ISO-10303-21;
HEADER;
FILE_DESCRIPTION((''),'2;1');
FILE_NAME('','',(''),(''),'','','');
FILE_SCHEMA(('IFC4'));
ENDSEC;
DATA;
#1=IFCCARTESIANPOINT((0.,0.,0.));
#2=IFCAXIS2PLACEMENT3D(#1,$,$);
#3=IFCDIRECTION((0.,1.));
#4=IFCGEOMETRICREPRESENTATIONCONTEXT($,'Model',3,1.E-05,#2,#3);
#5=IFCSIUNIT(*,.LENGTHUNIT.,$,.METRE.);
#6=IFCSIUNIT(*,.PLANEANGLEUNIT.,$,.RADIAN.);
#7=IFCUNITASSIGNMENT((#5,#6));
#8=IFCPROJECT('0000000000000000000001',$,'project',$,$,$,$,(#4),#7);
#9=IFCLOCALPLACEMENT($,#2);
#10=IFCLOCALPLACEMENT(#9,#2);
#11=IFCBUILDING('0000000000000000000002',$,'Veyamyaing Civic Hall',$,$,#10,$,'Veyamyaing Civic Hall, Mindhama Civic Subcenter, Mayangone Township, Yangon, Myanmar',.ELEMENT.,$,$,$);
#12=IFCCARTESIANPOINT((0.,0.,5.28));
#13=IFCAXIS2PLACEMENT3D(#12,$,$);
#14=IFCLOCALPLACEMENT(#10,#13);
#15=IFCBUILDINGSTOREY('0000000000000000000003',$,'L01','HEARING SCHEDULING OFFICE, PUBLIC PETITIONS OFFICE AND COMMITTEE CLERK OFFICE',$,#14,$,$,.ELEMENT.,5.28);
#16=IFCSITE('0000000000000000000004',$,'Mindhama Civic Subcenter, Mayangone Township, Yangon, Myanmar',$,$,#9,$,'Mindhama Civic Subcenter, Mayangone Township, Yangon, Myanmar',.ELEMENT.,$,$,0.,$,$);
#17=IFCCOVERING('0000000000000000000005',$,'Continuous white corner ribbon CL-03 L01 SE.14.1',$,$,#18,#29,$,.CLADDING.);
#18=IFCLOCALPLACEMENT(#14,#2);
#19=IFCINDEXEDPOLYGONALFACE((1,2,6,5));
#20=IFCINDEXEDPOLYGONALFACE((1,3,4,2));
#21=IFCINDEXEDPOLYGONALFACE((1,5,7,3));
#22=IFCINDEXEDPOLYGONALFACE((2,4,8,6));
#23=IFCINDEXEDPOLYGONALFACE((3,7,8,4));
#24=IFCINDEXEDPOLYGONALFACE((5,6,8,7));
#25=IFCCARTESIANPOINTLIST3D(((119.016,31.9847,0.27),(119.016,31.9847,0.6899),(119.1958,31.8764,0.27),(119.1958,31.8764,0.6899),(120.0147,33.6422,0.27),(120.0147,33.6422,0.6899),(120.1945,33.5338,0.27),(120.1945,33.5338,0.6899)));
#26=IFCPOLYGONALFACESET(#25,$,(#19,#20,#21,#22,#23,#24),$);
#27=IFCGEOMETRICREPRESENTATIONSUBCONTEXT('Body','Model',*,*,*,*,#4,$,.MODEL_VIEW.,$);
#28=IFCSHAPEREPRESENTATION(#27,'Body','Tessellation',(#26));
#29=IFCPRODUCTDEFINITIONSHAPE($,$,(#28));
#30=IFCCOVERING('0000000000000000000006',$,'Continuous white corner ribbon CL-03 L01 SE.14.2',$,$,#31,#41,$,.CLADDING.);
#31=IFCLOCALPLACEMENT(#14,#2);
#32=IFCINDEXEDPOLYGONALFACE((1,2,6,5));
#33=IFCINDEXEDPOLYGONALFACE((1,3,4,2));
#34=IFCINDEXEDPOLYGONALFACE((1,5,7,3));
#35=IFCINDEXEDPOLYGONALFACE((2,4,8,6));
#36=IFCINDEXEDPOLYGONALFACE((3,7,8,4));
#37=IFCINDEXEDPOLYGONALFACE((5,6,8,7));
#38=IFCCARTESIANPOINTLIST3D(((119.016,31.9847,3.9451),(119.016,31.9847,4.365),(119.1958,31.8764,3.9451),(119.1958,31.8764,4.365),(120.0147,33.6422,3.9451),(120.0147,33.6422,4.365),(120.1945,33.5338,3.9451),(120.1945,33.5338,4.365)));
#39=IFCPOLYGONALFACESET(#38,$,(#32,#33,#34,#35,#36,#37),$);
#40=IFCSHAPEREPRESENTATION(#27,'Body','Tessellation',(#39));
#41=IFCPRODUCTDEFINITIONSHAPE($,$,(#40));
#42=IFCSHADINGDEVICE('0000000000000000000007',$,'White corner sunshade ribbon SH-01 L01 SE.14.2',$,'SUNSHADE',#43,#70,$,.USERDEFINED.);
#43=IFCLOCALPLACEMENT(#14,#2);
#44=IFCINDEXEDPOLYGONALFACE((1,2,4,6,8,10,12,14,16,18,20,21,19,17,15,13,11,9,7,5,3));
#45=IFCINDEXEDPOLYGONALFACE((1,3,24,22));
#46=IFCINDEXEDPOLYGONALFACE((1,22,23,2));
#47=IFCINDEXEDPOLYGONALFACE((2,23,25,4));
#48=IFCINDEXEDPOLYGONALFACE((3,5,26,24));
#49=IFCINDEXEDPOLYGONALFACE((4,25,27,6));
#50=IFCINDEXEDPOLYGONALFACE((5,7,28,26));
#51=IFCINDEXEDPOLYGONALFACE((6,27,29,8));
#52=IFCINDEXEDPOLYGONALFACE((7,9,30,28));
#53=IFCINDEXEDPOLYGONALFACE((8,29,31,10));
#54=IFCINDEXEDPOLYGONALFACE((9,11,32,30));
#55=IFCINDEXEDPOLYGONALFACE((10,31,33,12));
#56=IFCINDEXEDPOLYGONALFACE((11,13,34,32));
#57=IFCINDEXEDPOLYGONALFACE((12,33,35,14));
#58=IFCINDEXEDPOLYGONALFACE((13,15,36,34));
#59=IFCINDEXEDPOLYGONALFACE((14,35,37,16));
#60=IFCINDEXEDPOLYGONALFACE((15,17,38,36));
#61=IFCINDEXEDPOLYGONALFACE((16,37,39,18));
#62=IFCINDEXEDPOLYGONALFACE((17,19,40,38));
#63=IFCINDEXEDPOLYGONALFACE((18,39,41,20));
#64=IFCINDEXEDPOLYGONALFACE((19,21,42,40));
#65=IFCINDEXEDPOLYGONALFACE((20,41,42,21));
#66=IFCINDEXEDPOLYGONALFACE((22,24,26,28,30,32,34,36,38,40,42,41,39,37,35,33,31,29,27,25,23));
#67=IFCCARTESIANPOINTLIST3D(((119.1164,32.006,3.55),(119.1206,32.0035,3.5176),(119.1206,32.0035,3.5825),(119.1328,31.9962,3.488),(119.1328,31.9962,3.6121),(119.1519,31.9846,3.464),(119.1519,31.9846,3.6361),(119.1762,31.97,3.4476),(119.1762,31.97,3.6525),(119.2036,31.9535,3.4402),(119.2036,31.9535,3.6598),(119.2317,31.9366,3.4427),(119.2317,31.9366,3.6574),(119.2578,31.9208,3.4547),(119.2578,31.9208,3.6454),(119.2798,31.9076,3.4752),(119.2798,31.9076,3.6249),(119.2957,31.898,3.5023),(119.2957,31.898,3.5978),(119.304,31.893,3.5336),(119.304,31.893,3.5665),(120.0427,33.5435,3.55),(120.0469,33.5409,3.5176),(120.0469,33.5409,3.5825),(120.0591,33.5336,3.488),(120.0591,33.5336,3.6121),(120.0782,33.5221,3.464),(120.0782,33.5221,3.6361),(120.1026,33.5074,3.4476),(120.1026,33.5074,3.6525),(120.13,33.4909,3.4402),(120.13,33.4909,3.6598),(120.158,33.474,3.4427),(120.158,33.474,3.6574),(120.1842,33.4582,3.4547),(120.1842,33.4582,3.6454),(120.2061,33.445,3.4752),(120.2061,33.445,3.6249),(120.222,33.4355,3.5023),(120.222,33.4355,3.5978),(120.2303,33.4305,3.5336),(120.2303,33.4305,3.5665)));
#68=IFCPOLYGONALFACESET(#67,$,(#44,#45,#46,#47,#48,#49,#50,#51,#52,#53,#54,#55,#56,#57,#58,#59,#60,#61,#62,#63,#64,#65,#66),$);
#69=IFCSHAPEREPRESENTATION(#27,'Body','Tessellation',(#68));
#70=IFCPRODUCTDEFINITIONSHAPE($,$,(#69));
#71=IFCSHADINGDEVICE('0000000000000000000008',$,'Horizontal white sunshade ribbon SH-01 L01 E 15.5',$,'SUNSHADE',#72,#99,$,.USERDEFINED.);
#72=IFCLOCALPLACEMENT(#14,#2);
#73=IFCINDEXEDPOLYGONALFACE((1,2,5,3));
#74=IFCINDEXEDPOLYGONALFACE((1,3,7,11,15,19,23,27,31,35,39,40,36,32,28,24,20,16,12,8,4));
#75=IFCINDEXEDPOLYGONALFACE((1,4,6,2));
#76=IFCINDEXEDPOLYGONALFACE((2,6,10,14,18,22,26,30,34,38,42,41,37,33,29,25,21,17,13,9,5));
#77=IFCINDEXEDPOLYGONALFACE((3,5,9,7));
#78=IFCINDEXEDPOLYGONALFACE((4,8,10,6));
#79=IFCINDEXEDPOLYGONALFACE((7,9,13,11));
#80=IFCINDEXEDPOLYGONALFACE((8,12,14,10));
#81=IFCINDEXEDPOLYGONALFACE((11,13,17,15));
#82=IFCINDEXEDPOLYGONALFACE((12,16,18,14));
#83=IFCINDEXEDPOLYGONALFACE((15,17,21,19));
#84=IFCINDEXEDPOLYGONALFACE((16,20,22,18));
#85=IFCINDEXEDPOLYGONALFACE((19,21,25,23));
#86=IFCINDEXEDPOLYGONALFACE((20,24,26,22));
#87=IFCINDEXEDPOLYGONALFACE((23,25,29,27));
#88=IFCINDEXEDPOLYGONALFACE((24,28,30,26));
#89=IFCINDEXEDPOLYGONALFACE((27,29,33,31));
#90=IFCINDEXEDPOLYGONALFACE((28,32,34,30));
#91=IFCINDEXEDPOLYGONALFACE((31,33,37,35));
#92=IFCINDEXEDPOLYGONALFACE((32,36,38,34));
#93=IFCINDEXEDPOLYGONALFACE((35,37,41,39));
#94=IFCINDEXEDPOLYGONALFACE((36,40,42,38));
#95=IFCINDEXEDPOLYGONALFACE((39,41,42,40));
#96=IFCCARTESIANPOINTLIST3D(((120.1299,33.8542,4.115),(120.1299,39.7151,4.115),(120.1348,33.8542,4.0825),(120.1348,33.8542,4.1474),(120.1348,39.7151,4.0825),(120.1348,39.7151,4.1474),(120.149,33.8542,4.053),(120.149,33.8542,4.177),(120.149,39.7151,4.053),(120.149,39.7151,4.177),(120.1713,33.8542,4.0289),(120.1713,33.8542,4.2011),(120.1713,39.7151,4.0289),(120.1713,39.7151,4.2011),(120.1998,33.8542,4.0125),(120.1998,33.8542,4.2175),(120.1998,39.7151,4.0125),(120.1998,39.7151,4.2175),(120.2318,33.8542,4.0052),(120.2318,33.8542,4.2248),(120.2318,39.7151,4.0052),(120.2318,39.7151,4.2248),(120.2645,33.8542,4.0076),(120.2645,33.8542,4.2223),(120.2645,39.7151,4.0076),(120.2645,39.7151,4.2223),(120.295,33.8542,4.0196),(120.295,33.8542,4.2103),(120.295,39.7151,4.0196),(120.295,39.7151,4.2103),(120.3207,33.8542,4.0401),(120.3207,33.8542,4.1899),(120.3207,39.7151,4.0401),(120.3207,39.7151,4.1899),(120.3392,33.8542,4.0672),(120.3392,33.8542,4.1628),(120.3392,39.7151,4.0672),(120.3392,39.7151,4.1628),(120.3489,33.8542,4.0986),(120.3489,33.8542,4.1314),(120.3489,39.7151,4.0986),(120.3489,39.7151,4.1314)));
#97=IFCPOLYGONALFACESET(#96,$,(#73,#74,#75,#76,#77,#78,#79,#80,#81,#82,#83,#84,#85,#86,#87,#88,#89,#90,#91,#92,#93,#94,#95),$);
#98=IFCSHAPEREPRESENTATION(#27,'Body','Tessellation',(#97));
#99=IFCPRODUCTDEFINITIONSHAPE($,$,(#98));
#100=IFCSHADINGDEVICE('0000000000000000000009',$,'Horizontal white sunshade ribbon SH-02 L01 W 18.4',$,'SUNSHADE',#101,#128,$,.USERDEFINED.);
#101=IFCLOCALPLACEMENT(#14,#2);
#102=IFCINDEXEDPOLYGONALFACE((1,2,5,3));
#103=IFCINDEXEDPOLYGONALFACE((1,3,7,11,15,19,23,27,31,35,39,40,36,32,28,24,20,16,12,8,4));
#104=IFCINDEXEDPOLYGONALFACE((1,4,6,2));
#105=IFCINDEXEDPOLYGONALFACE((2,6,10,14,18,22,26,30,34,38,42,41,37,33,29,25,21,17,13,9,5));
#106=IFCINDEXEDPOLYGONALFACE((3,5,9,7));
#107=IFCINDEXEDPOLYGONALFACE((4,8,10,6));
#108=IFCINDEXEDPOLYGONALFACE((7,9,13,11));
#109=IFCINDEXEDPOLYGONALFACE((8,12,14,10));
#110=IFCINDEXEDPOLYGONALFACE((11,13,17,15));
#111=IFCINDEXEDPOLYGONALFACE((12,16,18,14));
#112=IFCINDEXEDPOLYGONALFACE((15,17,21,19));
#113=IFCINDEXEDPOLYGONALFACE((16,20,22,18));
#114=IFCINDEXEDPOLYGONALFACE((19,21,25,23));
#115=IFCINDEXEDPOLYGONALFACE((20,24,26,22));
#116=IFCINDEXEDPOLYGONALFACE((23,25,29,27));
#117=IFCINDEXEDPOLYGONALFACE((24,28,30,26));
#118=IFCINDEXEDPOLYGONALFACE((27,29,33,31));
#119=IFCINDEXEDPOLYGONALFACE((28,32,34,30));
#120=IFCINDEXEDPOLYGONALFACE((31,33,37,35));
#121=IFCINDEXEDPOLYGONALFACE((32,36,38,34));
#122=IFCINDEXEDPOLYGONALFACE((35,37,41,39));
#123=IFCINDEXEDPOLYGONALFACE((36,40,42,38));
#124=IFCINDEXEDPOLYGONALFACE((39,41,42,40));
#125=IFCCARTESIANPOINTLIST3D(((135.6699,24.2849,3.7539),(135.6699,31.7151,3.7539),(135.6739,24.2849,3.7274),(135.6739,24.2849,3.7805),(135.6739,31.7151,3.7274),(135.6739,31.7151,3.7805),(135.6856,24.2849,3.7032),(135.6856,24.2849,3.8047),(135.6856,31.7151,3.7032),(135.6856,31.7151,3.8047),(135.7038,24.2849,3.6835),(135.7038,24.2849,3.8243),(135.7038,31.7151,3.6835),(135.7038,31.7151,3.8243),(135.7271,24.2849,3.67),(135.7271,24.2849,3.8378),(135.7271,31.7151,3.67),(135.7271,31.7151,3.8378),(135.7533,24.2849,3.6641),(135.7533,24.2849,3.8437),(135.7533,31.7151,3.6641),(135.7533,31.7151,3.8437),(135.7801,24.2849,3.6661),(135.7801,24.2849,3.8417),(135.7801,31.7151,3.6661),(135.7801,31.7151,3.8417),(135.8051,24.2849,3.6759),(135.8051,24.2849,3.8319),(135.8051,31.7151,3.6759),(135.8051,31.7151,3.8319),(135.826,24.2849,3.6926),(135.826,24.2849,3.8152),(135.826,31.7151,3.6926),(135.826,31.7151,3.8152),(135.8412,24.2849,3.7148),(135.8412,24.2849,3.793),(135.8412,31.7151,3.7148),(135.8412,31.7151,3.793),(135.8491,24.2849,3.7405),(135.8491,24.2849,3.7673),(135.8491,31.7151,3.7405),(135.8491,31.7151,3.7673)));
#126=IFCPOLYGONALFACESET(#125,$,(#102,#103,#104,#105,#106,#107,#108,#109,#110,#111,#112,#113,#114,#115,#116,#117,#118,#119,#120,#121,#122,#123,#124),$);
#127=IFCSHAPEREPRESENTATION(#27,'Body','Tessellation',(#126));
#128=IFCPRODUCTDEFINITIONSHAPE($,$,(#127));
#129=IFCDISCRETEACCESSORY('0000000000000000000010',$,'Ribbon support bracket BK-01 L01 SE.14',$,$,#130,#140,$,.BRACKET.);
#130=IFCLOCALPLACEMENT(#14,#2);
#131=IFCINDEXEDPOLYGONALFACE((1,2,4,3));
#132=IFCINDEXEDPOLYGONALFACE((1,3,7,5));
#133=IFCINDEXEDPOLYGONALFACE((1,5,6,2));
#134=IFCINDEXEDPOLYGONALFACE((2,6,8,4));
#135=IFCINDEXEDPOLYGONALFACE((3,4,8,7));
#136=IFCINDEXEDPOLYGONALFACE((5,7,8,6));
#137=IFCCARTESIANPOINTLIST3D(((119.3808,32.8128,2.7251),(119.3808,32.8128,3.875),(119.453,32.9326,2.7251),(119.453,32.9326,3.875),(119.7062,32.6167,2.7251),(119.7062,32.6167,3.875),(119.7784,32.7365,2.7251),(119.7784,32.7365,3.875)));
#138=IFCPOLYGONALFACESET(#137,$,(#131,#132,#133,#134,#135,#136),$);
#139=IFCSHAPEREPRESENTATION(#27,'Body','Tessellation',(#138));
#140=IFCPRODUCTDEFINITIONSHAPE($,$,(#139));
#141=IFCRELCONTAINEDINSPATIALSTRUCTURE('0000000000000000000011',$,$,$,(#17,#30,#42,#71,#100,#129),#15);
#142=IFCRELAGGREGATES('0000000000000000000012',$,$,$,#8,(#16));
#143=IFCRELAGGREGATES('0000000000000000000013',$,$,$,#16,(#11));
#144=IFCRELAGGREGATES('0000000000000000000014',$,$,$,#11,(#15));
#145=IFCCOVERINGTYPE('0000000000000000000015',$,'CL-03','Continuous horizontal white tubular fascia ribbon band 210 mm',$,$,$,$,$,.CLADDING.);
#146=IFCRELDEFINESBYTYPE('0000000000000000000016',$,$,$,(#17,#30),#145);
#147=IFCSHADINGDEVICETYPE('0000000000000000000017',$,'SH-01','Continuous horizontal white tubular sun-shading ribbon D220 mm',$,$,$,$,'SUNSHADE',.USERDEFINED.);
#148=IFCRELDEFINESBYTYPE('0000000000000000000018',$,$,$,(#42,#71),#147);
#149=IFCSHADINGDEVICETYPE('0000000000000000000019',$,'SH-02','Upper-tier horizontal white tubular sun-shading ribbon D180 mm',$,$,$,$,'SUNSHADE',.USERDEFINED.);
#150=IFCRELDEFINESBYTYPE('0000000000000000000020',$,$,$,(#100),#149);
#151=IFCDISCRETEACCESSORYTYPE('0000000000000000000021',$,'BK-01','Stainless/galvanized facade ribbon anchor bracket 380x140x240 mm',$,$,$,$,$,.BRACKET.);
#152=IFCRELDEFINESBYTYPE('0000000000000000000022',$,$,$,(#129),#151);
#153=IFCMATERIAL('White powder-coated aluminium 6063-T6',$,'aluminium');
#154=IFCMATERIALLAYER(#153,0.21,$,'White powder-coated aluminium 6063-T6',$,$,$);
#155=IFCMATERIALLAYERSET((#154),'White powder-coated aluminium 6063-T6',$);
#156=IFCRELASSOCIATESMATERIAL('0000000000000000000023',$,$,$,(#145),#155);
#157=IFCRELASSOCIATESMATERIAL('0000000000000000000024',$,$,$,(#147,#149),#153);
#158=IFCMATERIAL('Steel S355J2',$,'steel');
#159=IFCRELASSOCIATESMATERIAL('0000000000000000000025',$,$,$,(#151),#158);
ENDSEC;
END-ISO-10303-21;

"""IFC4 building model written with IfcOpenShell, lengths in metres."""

from ifc_helpers import new_model, si_unit, direction, frame, origin, origin_2d, place, context, subcontext, project, spatial, rectangle, circle, extrude, material, layer, layer_set, material_profile, profile_set, type_object, element, save


model = new_model("IFC4")

# Units and contexts
model_context = context("Model", 3, precision=1e-05, world=origin(), true_north=direction((0.0, 1.0)))
body_context = subcontext(model_context, "Body", "Model", "MODEL_VIEW")
ifc_project = project(units=[si_unit("LENGTHUNIT", "METRE"), si_unit("PLANEANGLEUNIT", "RADIAN")], contexts=[model_context])

# Site, building, storey
site_placement = place(None, origin())
site = spatial("IfcSite", under=ifc_project, at=site_placement, Name="Mindhama Civic Subcenter, Mayangone Township, Yangon, Myanmar", LongName="Mindhama Civic Subcenter, Mayangone Township, Yangon, Myanmar", CompositionType="ELEMENT", RefElevation=0.0)
building_placement = place(site_placement, origin())
building = spatial("IfcBuilding", under=site, at=building_placement, Name="Veyamyaing Civic Hall", LongName="Veyamyaing Civic Hall, Mindhama Civic Subcenter, Mayangone Township, Yangon, Myanmar", CompositionType="ELEMENT")
storey_placement = place(building_placement, frame((0.0, 0.0, 5.28)))
storey = spatial("IfcBuildingStorey", under=building, at=storey_placement, Name="L01", Description="HEARING SCHEDULING OFFICE, PUBLIC PETITIONS OFFICE AND COMMITTEE CLERK OFFICE", CompositionType="ELEMENT", Elevation=5.28)

# Coverings
ifc_material_1 = material(Name="White powder-coated aluminium 6063-T6", Category="aluminium")
ifc_layer_1 = layer(ifc_material_1, 0.21, Name="White powder-coated aluminium 6063-T6")
ifc_layer_set_1 = layer_set([ifc_layer_1], Name="White powder-coated aluminium 6063-T6")
covering_type = type_object("IfcCoveringType", Name="CL-03", Description="Continuous horizontal white tubular fascia ribbon band 210 mm", PredefinedType="CLADDING", material=ifc_layer_set_1)
for number, where, z_axis, x_axis, name in (
    (1, (119.6052, 32.7593, 0.27), (0.0, 0.0, 1.0), (0.516107, 0.856524, 0.0), "Continuous white corner ribbon CL-03 L01 SE.14.1"),
    (2, (119.6052, 32.7593, 3.9451), (0.0, 0.0, 1.0), (0.516107, 0.856524, 0.0), "Continuous white corner ribbon CL-03 L01 SE.14.2"),
):
    element("IfcCovering", number, at=place(storey_placement, frame(where, z_axis=z_axis, x_axis=x_axis)), inside=storey, type_object=covering_type, Name=name, PredefinedType="CLADDING", context=body_context, shape_type="SweptSolid", body=[
        extrude(rectangle(XDim=1.9351, YDim=0.21, at=origin_2d()), origin(), (0.0, 0.0, 1.0), 0.4199),
    ])

# Shading devices
ifc_material_profile_1 = material_profile(ifc_material_1, circle(Radius=0.1101, at=origin_2d()), Name="SHADE-TUBE-220")
ifc_profile_set_1 = profile_set([ifc_material_profile_1], Name="White powder-coated aluminium 6063-T6")
shading_device_type_1 = type_object("IfcShadingDeviceType", Name="SH-01", Description="Continuous horizontal white tubular sun-shading ribbon D220 mm", ElementType="SUNSHADE", PredefinedType="USERDEFINED", material=ifc_profile_set_1)
shading_device_1_placement = place(storey_placement, frame((119.2107, 31.9492, 3.55), z_axis=(0.516075, 0.856543, 0.0), x_axis=(-0.856543, 0.516075, 0.0)))
element("IfcShadingDevice", 3, at=shading_device_1_placement, inside=storey, type_object=shading_device_type_1, Name="White corner sunshade ribbon SH-01 L01 SE.14.2", ObjectType="SUNSHADE", PredefinedType="USERDEFINED", context=body_context, shape_type="SweptSolid", body=[
    extrude(circle(Radius=0.1101, at=origin_2d()), origin(), (0.0, 0.0, 1.0), 1.7949),
])
shading_device_2_placement = place(storey_placement, frame((120.24, 33.8542, 4.115), z_axis=(0.0, 1.0, 0.0), x_axis=(-1.0, 0.0, 0.0)))
element("IfcShadingDevice", 4, at=shading_device_2_placement, inside=storey, type_object=shading_device_type_1, Name="Horizontal white sunshade ribbon SH-01 L01 E 15.5", ObjectType="SUNSHADE", PredefinedType="USERDEFINED", context=body_context, shape_type="SweptSolid", body=[
    extrude(circle(Radius=0.1101, at=origin_2d()), origin(), (0.0, 0.0, 1.0), 5.8608),
])
ifc_material_profile_2 = material_profile(ifc_material_1, circle(Radius=0.0901, at=origin_2d()), Name="SHADE-TUBE-180")
ifc_profile_set_2 = profile_set([ifc_material_profile_2], Name="White powder-coated aluminium 6063-T6")
shading_device_type_2 = type_object("IfcShadingDeviceType", Name="SH-02", Description="Upper-tier horizontal white tubular sun-shading ribbon D180 mm", ElementType="SUNSHADE", PredefinedType="USERDEFINED", material=ifc_profile_set_2)
shading_device_3_placement = place(storey_placement, frame((135.76, 24.2849, 3.7539), z_axis=(0.0, 1.0, 0.0), x_axis=(-1.0, 0.0, 0.0)))
element("IfcShadingDevice", 5, at=shading_device_3_placement, inside=storey, type_object=shading_device_type_2, Name="Horizontal white sunshade ribbon SH-02 L01 W 18.4", ObjectType="SUNSHADE", PredefinedType="USERDEFINED", context=body_context, shape_type="SweptSolid", body=[
    extrude(circle(Radius=0.0901, at=origin_2d()), origin(), (0.0, 0.0, 1.0), 7.4302),
])

# Discrete accessory
ifc_material_2 = material(Name="Steel S355J2", Category="steel")
discrete_accessory_type = type_object("IfcDiscreteAccessoryType", Name="BK-01", Description="Stainless/galvanized facade ribbon anchor bracket 380x140x240 mm", PredefinedType="BRACKET", material=ifc_material_2)
discrete_accessory_placement = place(storey_placement, frame((119.5796, 32.7747, 2.7251), z_axis=(0.0, 0.0, 1.0), x_axis=(0.856525, -0.516106, 0.0)))
element("IfcDiscreteAccessory", 6, at=discrete_accessory_placement, inside=storey, type_object=discrete_accessory_type, Name="Ribbon support bracket BK-01 L01 SE.14", PredefinedType="BRACKET", context=body_context, shape_type="SweptSolid", body=[
    extrude(rectangle(XDim=0.3799, YDim=0.1399, at=origin_2d()), origin(), (0.0, 0.0, 1.0), 1.1499),
])

save(model, "model.ifc")
